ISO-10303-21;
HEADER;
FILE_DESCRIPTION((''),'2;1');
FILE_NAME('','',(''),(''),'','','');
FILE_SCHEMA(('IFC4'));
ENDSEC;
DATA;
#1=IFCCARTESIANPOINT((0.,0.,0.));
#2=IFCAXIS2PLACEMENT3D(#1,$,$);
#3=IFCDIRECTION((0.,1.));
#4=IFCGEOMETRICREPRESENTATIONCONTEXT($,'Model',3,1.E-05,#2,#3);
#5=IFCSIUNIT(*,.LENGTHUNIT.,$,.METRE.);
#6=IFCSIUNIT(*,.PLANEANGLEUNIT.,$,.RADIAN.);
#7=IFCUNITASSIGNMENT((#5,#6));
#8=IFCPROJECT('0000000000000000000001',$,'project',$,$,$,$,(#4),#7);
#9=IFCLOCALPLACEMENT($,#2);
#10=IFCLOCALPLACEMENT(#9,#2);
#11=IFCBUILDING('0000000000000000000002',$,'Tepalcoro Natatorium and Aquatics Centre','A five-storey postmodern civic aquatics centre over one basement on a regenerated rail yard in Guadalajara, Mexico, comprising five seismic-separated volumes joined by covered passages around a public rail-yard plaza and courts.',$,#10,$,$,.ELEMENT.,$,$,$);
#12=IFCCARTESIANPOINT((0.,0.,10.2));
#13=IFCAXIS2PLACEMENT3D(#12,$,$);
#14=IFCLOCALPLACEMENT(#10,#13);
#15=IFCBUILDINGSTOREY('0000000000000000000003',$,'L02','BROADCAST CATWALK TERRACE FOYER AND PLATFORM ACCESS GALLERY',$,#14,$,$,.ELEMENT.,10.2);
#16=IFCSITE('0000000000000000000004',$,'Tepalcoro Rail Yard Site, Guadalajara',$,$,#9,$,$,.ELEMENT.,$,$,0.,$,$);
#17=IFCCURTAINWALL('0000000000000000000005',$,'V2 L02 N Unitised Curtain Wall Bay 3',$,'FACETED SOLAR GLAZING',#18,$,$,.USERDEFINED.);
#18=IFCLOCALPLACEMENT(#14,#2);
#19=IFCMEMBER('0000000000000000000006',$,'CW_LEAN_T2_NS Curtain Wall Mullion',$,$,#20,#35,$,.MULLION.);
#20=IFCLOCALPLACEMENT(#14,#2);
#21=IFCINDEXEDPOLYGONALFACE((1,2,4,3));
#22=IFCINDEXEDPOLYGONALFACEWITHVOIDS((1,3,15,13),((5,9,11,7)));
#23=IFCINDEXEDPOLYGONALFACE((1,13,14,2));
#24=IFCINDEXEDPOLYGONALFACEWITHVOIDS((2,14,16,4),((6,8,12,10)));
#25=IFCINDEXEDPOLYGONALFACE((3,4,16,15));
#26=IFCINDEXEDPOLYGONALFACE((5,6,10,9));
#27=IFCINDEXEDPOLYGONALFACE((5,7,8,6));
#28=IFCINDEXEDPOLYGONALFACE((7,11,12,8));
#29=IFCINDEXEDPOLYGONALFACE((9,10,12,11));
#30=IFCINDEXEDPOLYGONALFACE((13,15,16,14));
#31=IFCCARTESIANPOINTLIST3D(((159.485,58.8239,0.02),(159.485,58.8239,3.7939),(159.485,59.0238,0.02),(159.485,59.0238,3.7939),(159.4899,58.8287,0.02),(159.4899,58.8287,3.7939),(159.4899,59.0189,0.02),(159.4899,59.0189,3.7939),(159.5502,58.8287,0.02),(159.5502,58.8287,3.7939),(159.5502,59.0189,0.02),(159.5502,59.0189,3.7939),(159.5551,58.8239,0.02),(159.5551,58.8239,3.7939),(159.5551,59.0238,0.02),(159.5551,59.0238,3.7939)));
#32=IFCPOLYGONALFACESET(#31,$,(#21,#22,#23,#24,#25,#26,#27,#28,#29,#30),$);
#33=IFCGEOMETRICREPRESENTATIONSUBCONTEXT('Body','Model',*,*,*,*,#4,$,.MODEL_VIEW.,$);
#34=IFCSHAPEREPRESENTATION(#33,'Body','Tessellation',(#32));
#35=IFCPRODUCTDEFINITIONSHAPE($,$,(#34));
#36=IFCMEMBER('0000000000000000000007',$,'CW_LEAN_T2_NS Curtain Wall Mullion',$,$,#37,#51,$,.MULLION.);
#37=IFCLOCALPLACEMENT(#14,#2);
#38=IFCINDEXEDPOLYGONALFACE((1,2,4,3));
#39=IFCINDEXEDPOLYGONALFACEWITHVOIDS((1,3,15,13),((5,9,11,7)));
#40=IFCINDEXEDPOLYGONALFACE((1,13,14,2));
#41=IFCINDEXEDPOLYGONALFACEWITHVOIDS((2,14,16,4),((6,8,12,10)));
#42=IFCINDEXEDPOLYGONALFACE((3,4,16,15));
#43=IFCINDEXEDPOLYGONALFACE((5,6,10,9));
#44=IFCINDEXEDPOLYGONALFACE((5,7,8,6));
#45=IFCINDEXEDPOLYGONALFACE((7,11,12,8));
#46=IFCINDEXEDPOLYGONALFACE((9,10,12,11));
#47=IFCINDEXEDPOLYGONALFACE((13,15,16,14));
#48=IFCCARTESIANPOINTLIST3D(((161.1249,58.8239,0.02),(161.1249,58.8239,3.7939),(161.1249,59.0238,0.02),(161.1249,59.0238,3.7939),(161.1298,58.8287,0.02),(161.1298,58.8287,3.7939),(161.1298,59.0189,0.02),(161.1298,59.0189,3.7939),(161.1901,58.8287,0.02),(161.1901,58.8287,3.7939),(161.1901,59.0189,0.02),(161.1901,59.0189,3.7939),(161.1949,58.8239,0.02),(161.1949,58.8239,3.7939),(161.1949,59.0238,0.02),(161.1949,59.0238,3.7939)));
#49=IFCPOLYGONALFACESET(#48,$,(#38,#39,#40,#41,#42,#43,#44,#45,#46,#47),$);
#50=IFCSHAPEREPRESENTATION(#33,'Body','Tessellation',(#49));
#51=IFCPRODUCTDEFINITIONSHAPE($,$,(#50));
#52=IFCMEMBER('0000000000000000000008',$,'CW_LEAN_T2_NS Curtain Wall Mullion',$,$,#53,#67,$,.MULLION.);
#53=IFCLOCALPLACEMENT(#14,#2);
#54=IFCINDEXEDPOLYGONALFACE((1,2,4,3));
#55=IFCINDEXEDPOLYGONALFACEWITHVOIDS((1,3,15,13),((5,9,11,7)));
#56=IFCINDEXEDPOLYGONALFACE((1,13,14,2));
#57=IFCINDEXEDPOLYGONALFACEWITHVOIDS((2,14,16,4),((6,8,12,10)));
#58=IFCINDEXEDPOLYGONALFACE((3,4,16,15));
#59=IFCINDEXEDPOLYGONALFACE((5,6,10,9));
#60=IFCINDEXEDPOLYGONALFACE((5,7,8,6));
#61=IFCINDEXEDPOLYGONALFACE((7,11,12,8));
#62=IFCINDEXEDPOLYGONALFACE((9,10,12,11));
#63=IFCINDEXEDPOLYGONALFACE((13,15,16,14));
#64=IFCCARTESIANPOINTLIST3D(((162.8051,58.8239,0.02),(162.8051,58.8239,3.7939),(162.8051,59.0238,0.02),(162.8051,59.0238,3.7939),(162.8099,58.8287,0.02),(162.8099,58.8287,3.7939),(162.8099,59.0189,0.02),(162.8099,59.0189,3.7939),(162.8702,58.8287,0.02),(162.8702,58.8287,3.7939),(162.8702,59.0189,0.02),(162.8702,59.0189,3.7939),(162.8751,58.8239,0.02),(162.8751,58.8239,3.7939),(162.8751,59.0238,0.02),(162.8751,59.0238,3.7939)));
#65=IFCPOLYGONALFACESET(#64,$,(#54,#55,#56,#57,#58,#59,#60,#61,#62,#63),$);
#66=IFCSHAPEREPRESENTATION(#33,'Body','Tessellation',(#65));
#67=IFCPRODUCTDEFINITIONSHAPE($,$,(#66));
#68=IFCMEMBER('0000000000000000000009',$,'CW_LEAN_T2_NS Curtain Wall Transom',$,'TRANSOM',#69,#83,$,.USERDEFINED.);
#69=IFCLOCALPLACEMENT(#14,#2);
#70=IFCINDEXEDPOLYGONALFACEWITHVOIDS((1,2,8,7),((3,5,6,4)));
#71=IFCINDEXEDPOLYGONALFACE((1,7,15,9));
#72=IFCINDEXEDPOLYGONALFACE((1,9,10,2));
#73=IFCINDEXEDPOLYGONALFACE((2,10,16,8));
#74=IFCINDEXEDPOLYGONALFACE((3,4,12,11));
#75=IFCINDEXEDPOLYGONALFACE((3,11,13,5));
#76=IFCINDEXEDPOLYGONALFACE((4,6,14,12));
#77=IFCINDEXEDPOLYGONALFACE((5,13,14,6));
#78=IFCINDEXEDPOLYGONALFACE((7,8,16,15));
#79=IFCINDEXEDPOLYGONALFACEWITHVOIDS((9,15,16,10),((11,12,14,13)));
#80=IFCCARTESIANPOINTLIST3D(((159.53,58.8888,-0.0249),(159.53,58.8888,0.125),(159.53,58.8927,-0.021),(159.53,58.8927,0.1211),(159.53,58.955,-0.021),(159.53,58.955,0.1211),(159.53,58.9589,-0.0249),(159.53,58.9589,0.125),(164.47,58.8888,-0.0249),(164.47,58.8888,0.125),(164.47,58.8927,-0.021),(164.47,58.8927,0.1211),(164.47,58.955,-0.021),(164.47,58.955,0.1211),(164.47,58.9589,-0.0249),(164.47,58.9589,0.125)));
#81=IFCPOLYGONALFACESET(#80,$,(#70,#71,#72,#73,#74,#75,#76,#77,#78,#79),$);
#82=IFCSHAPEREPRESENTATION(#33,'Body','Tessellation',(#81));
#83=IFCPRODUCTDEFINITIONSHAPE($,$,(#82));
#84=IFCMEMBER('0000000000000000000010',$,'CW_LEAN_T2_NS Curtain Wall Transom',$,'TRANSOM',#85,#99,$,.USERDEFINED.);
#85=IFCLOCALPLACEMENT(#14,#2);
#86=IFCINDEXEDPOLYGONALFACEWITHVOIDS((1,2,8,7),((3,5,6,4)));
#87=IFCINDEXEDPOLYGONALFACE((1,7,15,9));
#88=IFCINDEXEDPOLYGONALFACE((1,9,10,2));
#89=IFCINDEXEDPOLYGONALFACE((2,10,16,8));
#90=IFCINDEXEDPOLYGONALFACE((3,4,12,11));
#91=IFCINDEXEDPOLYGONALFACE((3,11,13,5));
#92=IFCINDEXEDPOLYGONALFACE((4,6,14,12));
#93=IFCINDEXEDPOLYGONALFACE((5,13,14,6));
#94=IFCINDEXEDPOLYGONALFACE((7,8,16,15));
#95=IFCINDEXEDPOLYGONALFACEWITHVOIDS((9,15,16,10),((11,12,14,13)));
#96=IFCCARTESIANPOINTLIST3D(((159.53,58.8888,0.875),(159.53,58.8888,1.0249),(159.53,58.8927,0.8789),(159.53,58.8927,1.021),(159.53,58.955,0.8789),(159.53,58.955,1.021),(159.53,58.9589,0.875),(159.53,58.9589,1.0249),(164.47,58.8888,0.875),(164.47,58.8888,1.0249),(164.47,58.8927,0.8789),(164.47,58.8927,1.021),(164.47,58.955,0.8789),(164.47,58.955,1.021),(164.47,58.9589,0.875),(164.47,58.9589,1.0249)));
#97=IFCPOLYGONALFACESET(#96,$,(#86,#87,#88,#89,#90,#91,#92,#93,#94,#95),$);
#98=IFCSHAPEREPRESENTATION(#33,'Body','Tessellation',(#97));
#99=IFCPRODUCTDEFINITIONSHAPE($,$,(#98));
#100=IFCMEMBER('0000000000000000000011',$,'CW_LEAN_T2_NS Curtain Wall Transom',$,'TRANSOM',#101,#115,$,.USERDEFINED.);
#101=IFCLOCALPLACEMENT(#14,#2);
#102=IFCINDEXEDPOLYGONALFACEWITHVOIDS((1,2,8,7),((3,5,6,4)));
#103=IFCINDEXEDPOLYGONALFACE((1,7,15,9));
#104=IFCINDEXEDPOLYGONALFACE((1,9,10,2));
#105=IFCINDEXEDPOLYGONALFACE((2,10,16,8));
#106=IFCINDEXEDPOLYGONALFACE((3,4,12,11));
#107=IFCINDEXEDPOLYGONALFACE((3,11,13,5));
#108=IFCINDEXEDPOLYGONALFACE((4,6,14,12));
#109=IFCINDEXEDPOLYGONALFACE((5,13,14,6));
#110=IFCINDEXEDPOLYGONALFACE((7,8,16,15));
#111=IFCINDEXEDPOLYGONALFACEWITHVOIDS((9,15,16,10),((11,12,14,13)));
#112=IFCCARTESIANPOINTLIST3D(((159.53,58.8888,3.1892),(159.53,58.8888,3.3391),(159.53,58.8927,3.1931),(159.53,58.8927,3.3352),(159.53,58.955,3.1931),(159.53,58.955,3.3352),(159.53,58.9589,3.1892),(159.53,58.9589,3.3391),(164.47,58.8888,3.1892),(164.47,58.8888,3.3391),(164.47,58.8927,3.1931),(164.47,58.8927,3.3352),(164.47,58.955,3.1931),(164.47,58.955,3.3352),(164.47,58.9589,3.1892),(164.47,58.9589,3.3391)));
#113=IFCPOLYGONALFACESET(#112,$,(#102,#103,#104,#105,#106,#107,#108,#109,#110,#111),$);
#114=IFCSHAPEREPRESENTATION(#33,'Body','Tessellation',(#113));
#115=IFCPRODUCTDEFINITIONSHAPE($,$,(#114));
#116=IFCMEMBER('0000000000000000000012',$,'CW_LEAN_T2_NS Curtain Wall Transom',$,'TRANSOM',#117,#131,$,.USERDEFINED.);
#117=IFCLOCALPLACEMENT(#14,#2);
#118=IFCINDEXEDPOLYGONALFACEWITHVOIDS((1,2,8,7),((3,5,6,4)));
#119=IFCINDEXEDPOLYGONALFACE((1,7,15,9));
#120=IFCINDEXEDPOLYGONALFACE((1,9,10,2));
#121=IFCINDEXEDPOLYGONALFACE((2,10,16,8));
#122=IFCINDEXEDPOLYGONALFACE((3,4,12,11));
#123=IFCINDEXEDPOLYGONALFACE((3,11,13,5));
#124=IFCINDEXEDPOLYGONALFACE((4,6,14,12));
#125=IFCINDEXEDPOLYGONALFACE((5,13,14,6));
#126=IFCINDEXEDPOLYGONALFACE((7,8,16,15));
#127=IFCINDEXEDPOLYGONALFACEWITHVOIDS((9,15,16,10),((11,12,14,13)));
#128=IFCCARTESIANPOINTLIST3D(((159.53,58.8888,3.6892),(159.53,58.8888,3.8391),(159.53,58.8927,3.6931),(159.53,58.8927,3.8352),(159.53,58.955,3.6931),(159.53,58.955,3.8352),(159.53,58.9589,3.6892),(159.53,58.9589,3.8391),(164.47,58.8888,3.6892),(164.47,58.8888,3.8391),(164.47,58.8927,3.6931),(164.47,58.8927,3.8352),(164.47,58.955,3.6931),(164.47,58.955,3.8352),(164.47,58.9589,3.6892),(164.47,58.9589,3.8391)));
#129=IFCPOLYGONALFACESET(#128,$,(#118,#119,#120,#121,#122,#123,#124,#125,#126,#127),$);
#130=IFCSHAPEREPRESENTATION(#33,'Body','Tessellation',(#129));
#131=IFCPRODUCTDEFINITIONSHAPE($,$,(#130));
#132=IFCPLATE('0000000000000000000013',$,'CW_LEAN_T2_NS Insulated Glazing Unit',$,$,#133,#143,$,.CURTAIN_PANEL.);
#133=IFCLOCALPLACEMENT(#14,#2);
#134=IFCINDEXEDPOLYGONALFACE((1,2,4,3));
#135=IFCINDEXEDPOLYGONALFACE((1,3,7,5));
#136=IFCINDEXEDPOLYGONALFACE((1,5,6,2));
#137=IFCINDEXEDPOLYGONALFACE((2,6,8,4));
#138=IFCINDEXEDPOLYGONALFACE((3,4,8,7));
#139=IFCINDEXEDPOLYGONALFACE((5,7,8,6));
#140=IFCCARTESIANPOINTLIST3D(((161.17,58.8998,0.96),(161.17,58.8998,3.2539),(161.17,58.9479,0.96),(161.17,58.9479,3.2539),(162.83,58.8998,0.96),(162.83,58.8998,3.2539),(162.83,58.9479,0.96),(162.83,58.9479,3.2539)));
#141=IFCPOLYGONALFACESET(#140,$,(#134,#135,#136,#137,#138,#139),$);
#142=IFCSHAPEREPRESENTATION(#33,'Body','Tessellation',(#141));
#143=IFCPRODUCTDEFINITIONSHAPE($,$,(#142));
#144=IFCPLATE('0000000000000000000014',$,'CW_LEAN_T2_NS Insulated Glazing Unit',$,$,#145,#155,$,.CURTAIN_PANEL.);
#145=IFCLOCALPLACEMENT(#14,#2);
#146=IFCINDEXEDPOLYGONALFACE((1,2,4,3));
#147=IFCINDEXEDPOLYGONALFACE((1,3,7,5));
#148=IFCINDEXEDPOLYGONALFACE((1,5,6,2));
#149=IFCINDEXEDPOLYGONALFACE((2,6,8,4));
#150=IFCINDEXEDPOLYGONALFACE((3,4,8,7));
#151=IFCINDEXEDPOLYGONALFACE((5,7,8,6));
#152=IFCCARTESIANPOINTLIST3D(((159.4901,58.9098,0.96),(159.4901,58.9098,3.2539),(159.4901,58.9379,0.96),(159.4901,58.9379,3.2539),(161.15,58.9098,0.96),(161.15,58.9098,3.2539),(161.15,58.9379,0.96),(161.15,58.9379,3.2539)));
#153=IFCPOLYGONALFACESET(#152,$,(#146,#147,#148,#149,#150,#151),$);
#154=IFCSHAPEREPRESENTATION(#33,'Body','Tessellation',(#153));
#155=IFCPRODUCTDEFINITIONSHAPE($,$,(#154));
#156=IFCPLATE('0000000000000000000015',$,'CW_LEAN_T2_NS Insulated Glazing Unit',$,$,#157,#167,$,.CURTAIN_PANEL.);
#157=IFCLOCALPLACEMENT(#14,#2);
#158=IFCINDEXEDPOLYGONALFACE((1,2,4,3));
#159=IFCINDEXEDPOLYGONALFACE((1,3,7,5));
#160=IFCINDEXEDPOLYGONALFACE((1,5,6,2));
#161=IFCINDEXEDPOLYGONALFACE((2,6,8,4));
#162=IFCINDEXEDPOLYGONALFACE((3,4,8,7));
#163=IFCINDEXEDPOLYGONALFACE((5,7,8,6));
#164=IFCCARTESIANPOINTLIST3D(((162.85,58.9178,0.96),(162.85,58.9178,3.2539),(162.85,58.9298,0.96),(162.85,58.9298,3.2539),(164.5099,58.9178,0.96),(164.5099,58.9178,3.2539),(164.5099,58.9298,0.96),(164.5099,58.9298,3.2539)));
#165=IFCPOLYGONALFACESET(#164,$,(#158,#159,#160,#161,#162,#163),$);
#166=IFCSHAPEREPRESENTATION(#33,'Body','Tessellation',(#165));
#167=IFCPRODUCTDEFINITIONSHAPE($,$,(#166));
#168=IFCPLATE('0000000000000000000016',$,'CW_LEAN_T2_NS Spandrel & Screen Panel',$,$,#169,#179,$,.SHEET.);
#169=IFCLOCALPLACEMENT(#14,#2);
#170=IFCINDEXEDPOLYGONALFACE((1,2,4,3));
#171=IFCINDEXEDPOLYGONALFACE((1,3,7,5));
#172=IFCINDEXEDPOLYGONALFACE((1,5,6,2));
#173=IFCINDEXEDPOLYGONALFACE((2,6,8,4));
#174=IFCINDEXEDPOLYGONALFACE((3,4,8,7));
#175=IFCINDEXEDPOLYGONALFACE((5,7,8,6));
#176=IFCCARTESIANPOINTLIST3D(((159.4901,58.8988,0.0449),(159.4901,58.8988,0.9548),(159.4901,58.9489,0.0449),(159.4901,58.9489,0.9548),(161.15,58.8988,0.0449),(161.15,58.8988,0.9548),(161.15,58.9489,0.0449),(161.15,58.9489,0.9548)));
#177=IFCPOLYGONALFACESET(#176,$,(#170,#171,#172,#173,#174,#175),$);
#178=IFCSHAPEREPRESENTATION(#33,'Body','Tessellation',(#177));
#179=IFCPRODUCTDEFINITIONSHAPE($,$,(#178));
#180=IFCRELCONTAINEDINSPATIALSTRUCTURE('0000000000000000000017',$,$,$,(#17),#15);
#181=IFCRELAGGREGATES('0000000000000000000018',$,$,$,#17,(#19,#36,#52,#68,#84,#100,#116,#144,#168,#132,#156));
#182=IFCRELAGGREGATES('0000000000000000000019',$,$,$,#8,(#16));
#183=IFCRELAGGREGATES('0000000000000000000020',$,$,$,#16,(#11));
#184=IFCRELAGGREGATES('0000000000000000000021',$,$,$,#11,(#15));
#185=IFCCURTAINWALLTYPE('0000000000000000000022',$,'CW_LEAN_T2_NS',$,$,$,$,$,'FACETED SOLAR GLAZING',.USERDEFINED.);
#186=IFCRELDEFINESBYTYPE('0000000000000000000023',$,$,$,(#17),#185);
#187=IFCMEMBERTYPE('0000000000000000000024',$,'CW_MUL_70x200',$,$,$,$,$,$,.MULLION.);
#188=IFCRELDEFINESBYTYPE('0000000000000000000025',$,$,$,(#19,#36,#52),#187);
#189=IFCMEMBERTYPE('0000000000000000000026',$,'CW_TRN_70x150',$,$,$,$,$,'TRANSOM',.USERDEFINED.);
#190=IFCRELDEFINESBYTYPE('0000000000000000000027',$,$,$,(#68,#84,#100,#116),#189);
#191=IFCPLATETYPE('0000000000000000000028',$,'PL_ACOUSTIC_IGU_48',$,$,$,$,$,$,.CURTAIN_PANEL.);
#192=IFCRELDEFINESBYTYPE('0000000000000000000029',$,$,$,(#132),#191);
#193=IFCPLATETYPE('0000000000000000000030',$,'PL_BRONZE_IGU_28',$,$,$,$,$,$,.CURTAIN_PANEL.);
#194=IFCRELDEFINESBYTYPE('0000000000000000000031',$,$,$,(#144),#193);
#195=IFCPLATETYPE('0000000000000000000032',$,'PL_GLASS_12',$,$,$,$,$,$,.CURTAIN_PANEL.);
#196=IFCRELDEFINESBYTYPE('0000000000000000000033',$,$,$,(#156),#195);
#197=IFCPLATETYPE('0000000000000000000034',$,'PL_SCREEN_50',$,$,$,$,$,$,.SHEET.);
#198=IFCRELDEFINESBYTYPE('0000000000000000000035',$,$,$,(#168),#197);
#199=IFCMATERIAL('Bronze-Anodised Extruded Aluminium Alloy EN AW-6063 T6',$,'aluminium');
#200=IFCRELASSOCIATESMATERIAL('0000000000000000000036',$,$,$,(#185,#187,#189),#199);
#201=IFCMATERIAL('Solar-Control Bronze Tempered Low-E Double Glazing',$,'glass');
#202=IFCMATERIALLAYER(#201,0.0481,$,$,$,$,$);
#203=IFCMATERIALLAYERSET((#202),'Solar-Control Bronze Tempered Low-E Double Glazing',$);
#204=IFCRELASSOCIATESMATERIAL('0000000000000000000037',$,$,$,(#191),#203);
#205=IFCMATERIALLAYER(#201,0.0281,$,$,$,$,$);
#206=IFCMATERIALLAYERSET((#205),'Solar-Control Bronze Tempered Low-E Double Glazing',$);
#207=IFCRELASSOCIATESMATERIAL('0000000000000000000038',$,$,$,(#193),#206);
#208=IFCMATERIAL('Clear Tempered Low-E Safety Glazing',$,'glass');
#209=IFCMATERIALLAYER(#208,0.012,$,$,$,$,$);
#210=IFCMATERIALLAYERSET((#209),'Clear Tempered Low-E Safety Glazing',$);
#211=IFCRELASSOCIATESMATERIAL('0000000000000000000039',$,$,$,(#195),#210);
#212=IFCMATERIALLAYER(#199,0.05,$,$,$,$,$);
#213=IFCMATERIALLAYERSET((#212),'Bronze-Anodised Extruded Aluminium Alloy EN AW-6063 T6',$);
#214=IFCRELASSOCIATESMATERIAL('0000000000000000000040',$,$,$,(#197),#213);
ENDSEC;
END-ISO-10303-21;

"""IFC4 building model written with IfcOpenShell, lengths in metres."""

from ifc_helpers import new_model, si_unit, direction, frame, origin, origin_2d, place, context, subcontext, project, spatial, rectangle, hollow_rectangle, extrude, material, layer, layer_set, material_profile, profile_set, type_object, element, aggregate, save


model = new_model("IFC4")

# Units and contexts
model_context = context("Model", 3, precision=1e-05, world=origin(), true_north=direction((0.0, 1.0)))
body_context = subcontext(model_context, "Body", "Model", "MODEL_VIEW")
ifc_project = project(units=[si_unit("LENGTHUNIT", "METRE"), si_unit("PLANEANGLEUNIT", "RADIAN")], contexts=[model_context])

# Site, building, storey
site_placement = place(None, origin())
site = spatial("IfcSite", under=ifc_project, at=site_placement, Name="Tepalcoro Rail Yard Site, Guadalajara", CompositionType="ELEMENT", RefElevation=0.0)
building_placement = place(site_placement, origin())
building = spatial("IfcBuilding", under=site, at=building_placement, Name="Tepalcoro Natatorium and Aquatics Centre", Description="A five-storey postmodern civic aquatics centre over one basement on a regenerated rail yard in Guadalajara, Mexico, comprising five seismic-separated volumes joined by covered passages around a public rail-yard plaza and courts.", CompositionType="ELEMENT")
storey_placement = place(building_placement, frame((0.0, 0.0, 10.2)))
storey = spatial("IfcBuildingStorey", under=building, at=storey_placement, Name="L02", Description="BROADCAST CATWALK TERRACE FOYER AND PLATFORM ACCESS GALLERY", CompositionType="ELEMENT", Elevation=10.2)

# Curtain wall, members, plates
ifc_material_1 = material(Name="Bronze-Anodised Extruded Aluminium Alloy EN AW-6063 T6", Category="aluminium")
curtain_wall_type = type_object("IfcCurtainWallType", Name="CW_LEAN_T2_NS", ElementType="FACETED SOLAR GLAZING", PredefinedType="USERDEFINED", material=ifc_material_1)
curtain_wall_placement = place(storey_placement, origin())
curtain_wall = element("IfcCurtainWall", 1, at=curtain_wall_placement, inside=storey, type_object=curtain_wall_type, Name="V2 L02 N Unitised Curtain Wall Bay 3", ObjectType="FACETED SOLAR GLAZING", PredefinedType="USERDEFINED")
ifc_material_profile_1 = material_profile(ifc_material_1, hollow_rectangle(XDim=0.0701, YDim=0.2, WallThickness=0.0049, at=origin_2d()), Name="AL70X200X5")
ifc_profile_set_1 = profile_set([ifc_material_profile_1], Name="Bronze-Anodised Extruded Aluminium Alloy EN AW-6063 T6")
member_type_1 = type_object("IfcMemberType", Name="CW_MUL_70x200", PredefinedType="MULLION", material=ifc_profile_set_1)
member_1_placement = place(storey_placement, frame((159.52, 58.9238, 0.02), z_axis=(0.0, 0.0, 1.0), x_axis=(1.0, 0.0, 0.0)))
member_1 = element("IfcMember", 2, at=member_1_placement, type_object=member_type_1, Name="CW_LEAN_T2_NS Curtain Wall Mullion", PredefinedType="MULLION", context=body_context, shape_type="SweptSolid", body=[
    extrude(hollow_rectangle(XDim=0.0701, YDim=0.2, WallThickness=0.0049, at=origin_2d()), origin(), (0.0, 0.0, 1.0), 3.7739),
])
member_2_placement = place(storey_placement, frame((161.1599, 58.9238, 0.02), z_axis=(0.0, 0.0, 1.0), x_axis=(1.0, 0.0, 0.0)))
member_2 = element("IfcMember", 3, at=member_2_placement, type_object=member_type_1, Name="CW_LEAN_T2_NS Curtain Wall Mullion", PredefinedType="MULLION", context=body_context, shape_type="SweptSolid", body=[
    extrude(hollow_rectangle(XDim=0.0701, YDim=0.2, WallThickness=0.0049, at=origin_2d()), origin(), (0.0, 0.0, 1.0), 3.7739),
])
member_3_placement = place(storey_placement, frame((162.8401, 58.9238, 0.02), z_axis=(0.0, 0.0, 1.0), x_axis=(1.0, 0.0, 0.0)))
member_3 = element("IfcMember", 4, at=member_3_placement, type_object=member_type_1, Name="CW_LEAN_T2_NS Curtain Wall Mullion", PredefinedType="MULLION", context=body_context, shape_type="SweptSolid", body=[
    extrude(hollow_rectangle(XDim=0.0701, YDim=0.2, WallThickness=0.0049, at=origin_2d()), origin(), (0.0, 0.0, 1.0), 3.7739),
])
ifc_material_profile_2 = material_profile(ifc_material_1, hollow_rectangle(XDim=0.0701, YDim=0.1499, WallThickness=0.0039, at=origin_2d()), Name="AL70X150X4")
ifc_profile_set_2 = profile_set([ifc_material_profile_2], Name="Bronze-Anodised Extruded Aluminium Alloy EN AW-6063 T6")
member_type_2 = type_object("IfcMemberType", Name="CW_TRN_70x150", ElementType="TRANSOM", PredefinedType="USERDEFINED", material=ifc_profile_set_2)
member_4_placement = place(storey_placement, frame((159.53, 58.9238, 0.05), z_axis=(1.0, 0.0, 0.0), x_axis=(0.0, 1.0, 0.0)))
member_4 = element("IfcMember", 5, at=member_4_placement, type_object=member_type_2, Name="CW_LEAN_T2_NS Curtain Wall Transom", ObjectType="TRANSOM", PredefinedType="USERDEFINED", context=body_context, shape_type="SweptSolid", body=[
    extrude(hollow_rectangle(XDim=0.0701, YDim=0.1499, WallThickness=0.0039, at=origin_2d()), origin(), (0.0, 0.0, 1.0), 4.9399),
])
member_5_placement = place(storey_placement, frame((159.53, 58.9238, 0.95), z_axis=(1.0, 0.0, 0.0), x_axis=(0.0, 1.0, 0.0)))
member_5 = element("IfcMember", 6, at=member_5_placement, type_object=member_type_2, Name="CW_LEAN_T2_NS Curtain Wall Transom", ObjectType="TRANSOM", PredefinedType="USERDEFINED", context=body_context, shape_type="SweptSolid", body=[
    extrude(hollow_rectangle(XDim=0.0701, YDim=0.1499, WallThickness=0.0039, at=origin_2d()), origin(), (0.0, 0.0, 1.0), 4.9399),
])
member_6_placement = place(storey_placement, frame((159.53, 58.9238, 3.2642), z_axis=(1.0, 0.0, 0.0), x_axis=(0.0, 1.0, 0.0)))
member_6 = element("IfcMember", 7, at=member_6_placement, type_object=member_type_2, Name="CW_LEAN_T2_NS Curtain Wall Transom", ObjectType="TRANSOM", PredefinedType="USERDEFINED", context=body_context, shape_type="SweptSolid", body=[
    extrude(hollow_rectangle(XDim=0.0701, YDim=0.1499, WallThickness=0.0039, at=origin_2d()), origin(), (0.0, 0.0, 1.0), 4.9399),
])
member_7_placement = place(storey_placement, frame((159.53, 58.9238, 3.7642), z_axis=(1.0, 0.0, 0.0), x_axis=(0.0, 1.0, 0.0)))
member_7 = element("IfcMember", 8, at=member_7_placement, type_object=member_type_2, Name="CW_LEAN_T2_NS Curtain Wall Transom", ObjectType="TRANSOM", PredefinedType="USERDEFINED", context=body_context, shape_type="SweptSolid", body=[
    extrude(hollow_rectangle(XDim=0.0701, YDim=0.1499, WallThickness=0.0039, at=origin_2d()), origin(), (0.0, 0.0, 1.0), 4.9399),
])
ifc_material_2 = material(Name="Solar-Control Bronze Tempered Low-E Double Glazing", Category="glass")
ifc_layer_1 = layer(ifc_material_2, 0.0481)
ifc_layer_set_1 = layer_set([ifc_layer_1], Name="Solar-Control Bronze Tempered Low-E Double Glazing")
plate_type_1 = type_object("IfcPlateType", Name="PL_ACOUSTIC_IGU_48", PredefinedType="CURTAIN_PANEL", material=ifc_layer_set_1)
plate_1_placement = place(storey_placement, frame((162.0, 58.9238, 0.96), z_axis=(0.0, 0.0, 1.0), x_axis=(1.0, 0.0, 0.0)))
plate_1 = element("IfcPlate", 9, at=plate_1_placement, type_object=plate_type_1, Name="CW_LEAN_T2_NS Insulated Glazing Unit", PredefinedType="CURTAIN_PANEL", context=body_context, shape_type="SweptSolid", body=[
    extrude(rectangle(XDim=1.6599, YDim=0.0481, at=origin_2d()), origin(), (0.0, 0.0, 1.0), 2.2939),
])
ifc_layer_2 = layer(ifc_material_2, 0.0281)
ifc_layer_set_2 = layer_set([ifc_layer_2], Name="Solar-Control Bronze Tempered Low-E Double Glazing")
plate_type_2 = type_object("IfcPlateType", Name="PL_BRONZE_IGU_28", PredefinedType="CURTAIN_PANEL", material=ifc_layer_set_2)
plate_2_placement = place(storey_placement, frame((160.3201, 58.9238, 0.96), z_axis=(0.0, 0.0, 1.0), x_axis=(1.0, 0.0, 0.0)))
plate_2 = element("IfcPlate", 10, at=plate_2_placement, type_object=plate_type_2, Name="CW_LEAN_T2_NS Insulated Glazing Unit", PredefinedType="CURTAIN_PANEL", context=body_context, shape_type="SweptSolid", body=[
    extrude(rectangle(XDim=1.6599, YDim=0.0281, at=origin_2d()), origin(), (0.0, 0.0, 1.0), 2.2939),
])
ifc_material_3 = material(Name="Clear Tempered Low-E Safety Glazing", Category="glass")
ifc_layer_3 = layer(ifc_material_3, 0.012)
ifc_layer_set_3 = layer_set([ifc_layer_3], Name="Clear Tempered Low-E Safety Glazing")
plate_type_3 = type_object("IfcPlateType", Name="PL_GLASS_12", PredefinedType="CURTAIN_PANEL", material=ifc_layer_set_3)
plate_3_placement = place(storey_placement, frame((163.6799, 58.9238, 0.96), z_axis=(0.0, 0.0, 1.0), x_axis=(1.0, 0.0, 0.0)))
plate_3 = element("IfcPlate", 11, at=plate_3_placement, type_object=plate_type_3, Name="CW_LEAN_T2_NS Insulated Glazing Unit", PredefinedType="CURTAIN_PANEL", context=body_context, shape_type="SweptSolid", body=[
    extrude(rectangle(XDim=1.6599, YDim=0.012, at=origin_2d()), origin(), (0.0, 0.0, 1.0), 2.2939),
])
ifc_layer_4 = layer(ifc_material_1, 0.05)
ifc_layer_set_4 = layer_set([ifc_layer_4], Name="Bronze-Anodised Extruded Aluminium Alloy EN AW-6063 T6")
plate_type_4 = type_object("IfcPlateType", Name="PL_SCREEN_50", PredefinedType="SHEET", material=ifc_layer_set_4)
plate_4_placement = place(storey_placement, frame((160.3201, 58.9238, 0.0449), z_axis=(0.0, 0.0, 1.0), x_axis=(1.0, 0.0, 0.0)))
plate_4 = element("IfcPlate", 12, at=plate_4_placement, type_object=plate_type_4, Name="CW_LEAN_T2_NS Spandrel & Screen Panel", PredefinedType="SHEET", context=body_context, shape_type="SweptSolid", body=[
    extrude(rectangle(XDim=1.6599, YDim=0.05, at=origin_2d()), origin(), (0.0, 0.0, 1.0), 0.9099),
])
aggregate(curtain_wall, [member_1, member_2, member_3, member_4, member_5, member_6, member_7, plate_2, plate_4, plate_1, plate_3])

save(model, "model.ifc")
